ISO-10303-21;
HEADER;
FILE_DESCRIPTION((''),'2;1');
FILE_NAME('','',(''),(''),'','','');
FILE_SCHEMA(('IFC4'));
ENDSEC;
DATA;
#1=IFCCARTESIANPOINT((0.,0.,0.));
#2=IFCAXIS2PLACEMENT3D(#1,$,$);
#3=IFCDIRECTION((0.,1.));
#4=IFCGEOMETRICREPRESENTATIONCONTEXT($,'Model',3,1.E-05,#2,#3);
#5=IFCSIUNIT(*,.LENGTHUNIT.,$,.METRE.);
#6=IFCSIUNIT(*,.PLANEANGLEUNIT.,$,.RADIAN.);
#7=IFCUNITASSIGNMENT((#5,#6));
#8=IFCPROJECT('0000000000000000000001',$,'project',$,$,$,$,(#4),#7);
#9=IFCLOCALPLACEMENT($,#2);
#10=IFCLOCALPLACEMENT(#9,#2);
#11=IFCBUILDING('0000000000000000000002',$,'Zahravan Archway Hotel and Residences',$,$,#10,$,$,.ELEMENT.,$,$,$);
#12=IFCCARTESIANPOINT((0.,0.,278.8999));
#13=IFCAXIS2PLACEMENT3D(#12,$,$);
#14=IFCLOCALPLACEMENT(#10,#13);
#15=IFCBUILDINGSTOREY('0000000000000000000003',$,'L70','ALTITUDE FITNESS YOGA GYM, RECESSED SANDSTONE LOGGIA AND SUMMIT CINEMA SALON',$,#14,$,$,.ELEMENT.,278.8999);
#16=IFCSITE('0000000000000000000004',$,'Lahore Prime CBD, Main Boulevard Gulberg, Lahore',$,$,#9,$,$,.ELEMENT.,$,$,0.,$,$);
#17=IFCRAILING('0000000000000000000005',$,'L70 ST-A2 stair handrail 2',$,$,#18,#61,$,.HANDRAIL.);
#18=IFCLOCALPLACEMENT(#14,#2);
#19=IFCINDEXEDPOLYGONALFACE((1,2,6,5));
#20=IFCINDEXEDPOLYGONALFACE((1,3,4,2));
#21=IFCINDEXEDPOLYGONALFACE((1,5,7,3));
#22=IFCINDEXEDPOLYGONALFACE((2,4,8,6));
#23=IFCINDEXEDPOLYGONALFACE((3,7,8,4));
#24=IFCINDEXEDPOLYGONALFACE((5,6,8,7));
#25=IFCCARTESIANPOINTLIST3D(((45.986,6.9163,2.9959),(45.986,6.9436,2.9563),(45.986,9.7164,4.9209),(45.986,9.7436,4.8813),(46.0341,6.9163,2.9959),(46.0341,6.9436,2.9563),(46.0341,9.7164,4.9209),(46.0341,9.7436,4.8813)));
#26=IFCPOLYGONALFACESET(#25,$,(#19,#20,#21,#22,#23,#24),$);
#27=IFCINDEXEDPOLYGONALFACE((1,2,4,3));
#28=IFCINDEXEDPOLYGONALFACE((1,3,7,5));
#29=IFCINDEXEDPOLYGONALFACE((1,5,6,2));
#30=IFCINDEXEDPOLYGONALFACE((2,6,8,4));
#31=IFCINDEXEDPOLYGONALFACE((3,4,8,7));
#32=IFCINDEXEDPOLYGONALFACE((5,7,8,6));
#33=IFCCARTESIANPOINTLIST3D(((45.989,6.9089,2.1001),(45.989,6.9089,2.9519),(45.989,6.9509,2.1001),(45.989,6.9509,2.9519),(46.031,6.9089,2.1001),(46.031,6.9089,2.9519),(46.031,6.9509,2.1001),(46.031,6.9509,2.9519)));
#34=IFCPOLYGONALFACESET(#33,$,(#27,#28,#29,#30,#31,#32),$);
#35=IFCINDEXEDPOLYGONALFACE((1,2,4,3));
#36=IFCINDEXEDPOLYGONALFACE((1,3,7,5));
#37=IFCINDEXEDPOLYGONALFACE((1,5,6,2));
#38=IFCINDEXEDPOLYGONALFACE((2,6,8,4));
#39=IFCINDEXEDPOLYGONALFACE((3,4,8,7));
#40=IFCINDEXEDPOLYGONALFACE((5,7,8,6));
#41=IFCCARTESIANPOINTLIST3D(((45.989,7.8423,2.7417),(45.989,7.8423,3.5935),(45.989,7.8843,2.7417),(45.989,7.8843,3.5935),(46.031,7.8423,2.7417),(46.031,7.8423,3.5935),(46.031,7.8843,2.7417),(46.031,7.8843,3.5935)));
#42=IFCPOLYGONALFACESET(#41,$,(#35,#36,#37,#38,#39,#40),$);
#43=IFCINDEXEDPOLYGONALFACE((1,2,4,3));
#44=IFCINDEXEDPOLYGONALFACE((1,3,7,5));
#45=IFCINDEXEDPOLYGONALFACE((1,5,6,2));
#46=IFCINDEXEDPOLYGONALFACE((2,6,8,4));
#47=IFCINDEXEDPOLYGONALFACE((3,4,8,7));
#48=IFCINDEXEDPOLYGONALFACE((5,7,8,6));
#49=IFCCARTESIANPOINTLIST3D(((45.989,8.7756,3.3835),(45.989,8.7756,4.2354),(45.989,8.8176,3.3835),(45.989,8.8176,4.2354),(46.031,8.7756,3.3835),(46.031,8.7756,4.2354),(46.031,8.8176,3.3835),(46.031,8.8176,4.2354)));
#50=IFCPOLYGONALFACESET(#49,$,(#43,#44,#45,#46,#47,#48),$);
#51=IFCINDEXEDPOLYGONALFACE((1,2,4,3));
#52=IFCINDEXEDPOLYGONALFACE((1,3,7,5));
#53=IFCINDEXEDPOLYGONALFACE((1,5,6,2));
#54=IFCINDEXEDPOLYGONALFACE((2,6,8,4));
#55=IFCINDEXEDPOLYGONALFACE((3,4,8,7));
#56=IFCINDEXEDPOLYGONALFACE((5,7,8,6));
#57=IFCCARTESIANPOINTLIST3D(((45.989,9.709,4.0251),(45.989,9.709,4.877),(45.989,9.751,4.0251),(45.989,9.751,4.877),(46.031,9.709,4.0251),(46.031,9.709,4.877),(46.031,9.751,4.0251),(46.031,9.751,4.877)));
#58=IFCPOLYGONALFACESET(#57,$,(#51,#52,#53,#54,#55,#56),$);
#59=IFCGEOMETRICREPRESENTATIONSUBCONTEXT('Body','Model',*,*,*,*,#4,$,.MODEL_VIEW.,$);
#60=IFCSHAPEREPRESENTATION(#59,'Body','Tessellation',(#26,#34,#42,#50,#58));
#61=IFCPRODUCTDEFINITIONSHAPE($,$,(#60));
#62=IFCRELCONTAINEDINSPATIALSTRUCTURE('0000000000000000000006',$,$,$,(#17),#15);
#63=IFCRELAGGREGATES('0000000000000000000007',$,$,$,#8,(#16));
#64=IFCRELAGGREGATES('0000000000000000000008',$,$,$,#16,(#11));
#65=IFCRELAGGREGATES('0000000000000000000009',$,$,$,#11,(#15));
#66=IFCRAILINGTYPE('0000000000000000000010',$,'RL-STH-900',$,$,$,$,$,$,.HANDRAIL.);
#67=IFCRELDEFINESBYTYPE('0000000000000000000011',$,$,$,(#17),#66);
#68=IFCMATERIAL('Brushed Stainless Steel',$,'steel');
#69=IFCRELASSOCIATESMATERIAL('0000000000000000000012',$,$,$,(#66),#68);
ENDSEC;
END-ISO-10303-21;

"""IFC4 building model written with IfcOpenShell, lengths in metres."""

from ifc_helpers import new_model, si_unit, direction, frame, origin, origin_2d, place, context, subcontext, project, spatial, rectangle, extrude, material, type_object, element, save


model = new_model("IFC4")

# Units and contexts
model_context = context("Model", 3, precision=1e-05, world=origin(), true_north=direction((0.0, 1.0)))
body_context = subcontext(model_context, "Body", "Model", "MODEL_VIEW")
ifc_project = project(units=[si_unit("LENGTHUNIT", "METRE"), si_unit("PLANEANGLEUNIT", "RADIAN")], contexts=[model_context])

# Site, building, storey
site_placement = place(None, origin())
site = spatial("IfcSite", under=ifc_project, at=site_placement, Name="Lahore Prime CBD, Main Boulevard Gulberg, Lahore", CompositionType="ELEMENT", RefElevation=0.0)
building_placement = place(site_placement, origin())
building = spatial("IfcBuilding", under=site, at=building_placement, Name="Zahravan Archway Hotel and Residences", CompositionType="ELEMENT")
storey_placement = place(building_placement, frame((0.0, 0.0, 278.8999)))
storey = spatial("IfcBuildingStorey", under=building, at=storey_placement, Name="L70", Description="ALTITUDE FITNESS YOGA GYM, RECESSED SANDSTONE LOGGIA AND SUMMIT CINEMA SALON", CompositionType="ELEMENT", Elevation=278.8999)

# Railing
ifc_material_1 = material(Name="Brushed Stainless Steel", Category="steel")
railing_type_1 = type_object("IfcRailingType", Name="RL-STH-900", PredefinedType="HANDRAIL", material=ifc_material_1)
railing_1_placement = place(storey_placement, frame((46.01, 6.9299, 2.1001)))
element("IfcRailing", 1, at=railing_1_placement, inside=storey, type_object=railing_type_1, Name="L70 ST-A2 stair handrail 2", PredefinedType="HANDRAIL", context=body_context, shape_type="SweptSolid", body=[
    extrude(rectangle(XDim=0.0481, YDim=0.0481, at=origin_2d()), frame((0.0, 0.0, 0.876), z_axis=(0.0, 0.82404, 0.566532), x_axis=(-1.0, 0.0, 0.0)), (0.0, 0.0, 1.0), 3.3979),
    extrude(rectangle(XDim=0.042, YDim=0.042, at=origin_2d()), origin(), (0.0, 0.0, 1.0), 0.8518),
    extrude(rectangle(XDim=0.042, YDim=0.042, at=origin_2d()), frame((0.0, 0.9333, 0.6416)), (0.0, 0.0, 1.0), 0.8518),
    extrude(rectangle(XDim=0.042, YDim=0.042, at=origin_2d()), frame((0.0, 1.8667, 1.2834)), (0.0, 0.0, 1.0), 0.8518),
    extrude(rectangle(XDim=0.042, YDim=0.042, at=origin_2d()), frame((0.0, 2.8, 1.925)), (0.0, 0.0, 1.0), 0.8518),
])

save(model, "model.ifc")
